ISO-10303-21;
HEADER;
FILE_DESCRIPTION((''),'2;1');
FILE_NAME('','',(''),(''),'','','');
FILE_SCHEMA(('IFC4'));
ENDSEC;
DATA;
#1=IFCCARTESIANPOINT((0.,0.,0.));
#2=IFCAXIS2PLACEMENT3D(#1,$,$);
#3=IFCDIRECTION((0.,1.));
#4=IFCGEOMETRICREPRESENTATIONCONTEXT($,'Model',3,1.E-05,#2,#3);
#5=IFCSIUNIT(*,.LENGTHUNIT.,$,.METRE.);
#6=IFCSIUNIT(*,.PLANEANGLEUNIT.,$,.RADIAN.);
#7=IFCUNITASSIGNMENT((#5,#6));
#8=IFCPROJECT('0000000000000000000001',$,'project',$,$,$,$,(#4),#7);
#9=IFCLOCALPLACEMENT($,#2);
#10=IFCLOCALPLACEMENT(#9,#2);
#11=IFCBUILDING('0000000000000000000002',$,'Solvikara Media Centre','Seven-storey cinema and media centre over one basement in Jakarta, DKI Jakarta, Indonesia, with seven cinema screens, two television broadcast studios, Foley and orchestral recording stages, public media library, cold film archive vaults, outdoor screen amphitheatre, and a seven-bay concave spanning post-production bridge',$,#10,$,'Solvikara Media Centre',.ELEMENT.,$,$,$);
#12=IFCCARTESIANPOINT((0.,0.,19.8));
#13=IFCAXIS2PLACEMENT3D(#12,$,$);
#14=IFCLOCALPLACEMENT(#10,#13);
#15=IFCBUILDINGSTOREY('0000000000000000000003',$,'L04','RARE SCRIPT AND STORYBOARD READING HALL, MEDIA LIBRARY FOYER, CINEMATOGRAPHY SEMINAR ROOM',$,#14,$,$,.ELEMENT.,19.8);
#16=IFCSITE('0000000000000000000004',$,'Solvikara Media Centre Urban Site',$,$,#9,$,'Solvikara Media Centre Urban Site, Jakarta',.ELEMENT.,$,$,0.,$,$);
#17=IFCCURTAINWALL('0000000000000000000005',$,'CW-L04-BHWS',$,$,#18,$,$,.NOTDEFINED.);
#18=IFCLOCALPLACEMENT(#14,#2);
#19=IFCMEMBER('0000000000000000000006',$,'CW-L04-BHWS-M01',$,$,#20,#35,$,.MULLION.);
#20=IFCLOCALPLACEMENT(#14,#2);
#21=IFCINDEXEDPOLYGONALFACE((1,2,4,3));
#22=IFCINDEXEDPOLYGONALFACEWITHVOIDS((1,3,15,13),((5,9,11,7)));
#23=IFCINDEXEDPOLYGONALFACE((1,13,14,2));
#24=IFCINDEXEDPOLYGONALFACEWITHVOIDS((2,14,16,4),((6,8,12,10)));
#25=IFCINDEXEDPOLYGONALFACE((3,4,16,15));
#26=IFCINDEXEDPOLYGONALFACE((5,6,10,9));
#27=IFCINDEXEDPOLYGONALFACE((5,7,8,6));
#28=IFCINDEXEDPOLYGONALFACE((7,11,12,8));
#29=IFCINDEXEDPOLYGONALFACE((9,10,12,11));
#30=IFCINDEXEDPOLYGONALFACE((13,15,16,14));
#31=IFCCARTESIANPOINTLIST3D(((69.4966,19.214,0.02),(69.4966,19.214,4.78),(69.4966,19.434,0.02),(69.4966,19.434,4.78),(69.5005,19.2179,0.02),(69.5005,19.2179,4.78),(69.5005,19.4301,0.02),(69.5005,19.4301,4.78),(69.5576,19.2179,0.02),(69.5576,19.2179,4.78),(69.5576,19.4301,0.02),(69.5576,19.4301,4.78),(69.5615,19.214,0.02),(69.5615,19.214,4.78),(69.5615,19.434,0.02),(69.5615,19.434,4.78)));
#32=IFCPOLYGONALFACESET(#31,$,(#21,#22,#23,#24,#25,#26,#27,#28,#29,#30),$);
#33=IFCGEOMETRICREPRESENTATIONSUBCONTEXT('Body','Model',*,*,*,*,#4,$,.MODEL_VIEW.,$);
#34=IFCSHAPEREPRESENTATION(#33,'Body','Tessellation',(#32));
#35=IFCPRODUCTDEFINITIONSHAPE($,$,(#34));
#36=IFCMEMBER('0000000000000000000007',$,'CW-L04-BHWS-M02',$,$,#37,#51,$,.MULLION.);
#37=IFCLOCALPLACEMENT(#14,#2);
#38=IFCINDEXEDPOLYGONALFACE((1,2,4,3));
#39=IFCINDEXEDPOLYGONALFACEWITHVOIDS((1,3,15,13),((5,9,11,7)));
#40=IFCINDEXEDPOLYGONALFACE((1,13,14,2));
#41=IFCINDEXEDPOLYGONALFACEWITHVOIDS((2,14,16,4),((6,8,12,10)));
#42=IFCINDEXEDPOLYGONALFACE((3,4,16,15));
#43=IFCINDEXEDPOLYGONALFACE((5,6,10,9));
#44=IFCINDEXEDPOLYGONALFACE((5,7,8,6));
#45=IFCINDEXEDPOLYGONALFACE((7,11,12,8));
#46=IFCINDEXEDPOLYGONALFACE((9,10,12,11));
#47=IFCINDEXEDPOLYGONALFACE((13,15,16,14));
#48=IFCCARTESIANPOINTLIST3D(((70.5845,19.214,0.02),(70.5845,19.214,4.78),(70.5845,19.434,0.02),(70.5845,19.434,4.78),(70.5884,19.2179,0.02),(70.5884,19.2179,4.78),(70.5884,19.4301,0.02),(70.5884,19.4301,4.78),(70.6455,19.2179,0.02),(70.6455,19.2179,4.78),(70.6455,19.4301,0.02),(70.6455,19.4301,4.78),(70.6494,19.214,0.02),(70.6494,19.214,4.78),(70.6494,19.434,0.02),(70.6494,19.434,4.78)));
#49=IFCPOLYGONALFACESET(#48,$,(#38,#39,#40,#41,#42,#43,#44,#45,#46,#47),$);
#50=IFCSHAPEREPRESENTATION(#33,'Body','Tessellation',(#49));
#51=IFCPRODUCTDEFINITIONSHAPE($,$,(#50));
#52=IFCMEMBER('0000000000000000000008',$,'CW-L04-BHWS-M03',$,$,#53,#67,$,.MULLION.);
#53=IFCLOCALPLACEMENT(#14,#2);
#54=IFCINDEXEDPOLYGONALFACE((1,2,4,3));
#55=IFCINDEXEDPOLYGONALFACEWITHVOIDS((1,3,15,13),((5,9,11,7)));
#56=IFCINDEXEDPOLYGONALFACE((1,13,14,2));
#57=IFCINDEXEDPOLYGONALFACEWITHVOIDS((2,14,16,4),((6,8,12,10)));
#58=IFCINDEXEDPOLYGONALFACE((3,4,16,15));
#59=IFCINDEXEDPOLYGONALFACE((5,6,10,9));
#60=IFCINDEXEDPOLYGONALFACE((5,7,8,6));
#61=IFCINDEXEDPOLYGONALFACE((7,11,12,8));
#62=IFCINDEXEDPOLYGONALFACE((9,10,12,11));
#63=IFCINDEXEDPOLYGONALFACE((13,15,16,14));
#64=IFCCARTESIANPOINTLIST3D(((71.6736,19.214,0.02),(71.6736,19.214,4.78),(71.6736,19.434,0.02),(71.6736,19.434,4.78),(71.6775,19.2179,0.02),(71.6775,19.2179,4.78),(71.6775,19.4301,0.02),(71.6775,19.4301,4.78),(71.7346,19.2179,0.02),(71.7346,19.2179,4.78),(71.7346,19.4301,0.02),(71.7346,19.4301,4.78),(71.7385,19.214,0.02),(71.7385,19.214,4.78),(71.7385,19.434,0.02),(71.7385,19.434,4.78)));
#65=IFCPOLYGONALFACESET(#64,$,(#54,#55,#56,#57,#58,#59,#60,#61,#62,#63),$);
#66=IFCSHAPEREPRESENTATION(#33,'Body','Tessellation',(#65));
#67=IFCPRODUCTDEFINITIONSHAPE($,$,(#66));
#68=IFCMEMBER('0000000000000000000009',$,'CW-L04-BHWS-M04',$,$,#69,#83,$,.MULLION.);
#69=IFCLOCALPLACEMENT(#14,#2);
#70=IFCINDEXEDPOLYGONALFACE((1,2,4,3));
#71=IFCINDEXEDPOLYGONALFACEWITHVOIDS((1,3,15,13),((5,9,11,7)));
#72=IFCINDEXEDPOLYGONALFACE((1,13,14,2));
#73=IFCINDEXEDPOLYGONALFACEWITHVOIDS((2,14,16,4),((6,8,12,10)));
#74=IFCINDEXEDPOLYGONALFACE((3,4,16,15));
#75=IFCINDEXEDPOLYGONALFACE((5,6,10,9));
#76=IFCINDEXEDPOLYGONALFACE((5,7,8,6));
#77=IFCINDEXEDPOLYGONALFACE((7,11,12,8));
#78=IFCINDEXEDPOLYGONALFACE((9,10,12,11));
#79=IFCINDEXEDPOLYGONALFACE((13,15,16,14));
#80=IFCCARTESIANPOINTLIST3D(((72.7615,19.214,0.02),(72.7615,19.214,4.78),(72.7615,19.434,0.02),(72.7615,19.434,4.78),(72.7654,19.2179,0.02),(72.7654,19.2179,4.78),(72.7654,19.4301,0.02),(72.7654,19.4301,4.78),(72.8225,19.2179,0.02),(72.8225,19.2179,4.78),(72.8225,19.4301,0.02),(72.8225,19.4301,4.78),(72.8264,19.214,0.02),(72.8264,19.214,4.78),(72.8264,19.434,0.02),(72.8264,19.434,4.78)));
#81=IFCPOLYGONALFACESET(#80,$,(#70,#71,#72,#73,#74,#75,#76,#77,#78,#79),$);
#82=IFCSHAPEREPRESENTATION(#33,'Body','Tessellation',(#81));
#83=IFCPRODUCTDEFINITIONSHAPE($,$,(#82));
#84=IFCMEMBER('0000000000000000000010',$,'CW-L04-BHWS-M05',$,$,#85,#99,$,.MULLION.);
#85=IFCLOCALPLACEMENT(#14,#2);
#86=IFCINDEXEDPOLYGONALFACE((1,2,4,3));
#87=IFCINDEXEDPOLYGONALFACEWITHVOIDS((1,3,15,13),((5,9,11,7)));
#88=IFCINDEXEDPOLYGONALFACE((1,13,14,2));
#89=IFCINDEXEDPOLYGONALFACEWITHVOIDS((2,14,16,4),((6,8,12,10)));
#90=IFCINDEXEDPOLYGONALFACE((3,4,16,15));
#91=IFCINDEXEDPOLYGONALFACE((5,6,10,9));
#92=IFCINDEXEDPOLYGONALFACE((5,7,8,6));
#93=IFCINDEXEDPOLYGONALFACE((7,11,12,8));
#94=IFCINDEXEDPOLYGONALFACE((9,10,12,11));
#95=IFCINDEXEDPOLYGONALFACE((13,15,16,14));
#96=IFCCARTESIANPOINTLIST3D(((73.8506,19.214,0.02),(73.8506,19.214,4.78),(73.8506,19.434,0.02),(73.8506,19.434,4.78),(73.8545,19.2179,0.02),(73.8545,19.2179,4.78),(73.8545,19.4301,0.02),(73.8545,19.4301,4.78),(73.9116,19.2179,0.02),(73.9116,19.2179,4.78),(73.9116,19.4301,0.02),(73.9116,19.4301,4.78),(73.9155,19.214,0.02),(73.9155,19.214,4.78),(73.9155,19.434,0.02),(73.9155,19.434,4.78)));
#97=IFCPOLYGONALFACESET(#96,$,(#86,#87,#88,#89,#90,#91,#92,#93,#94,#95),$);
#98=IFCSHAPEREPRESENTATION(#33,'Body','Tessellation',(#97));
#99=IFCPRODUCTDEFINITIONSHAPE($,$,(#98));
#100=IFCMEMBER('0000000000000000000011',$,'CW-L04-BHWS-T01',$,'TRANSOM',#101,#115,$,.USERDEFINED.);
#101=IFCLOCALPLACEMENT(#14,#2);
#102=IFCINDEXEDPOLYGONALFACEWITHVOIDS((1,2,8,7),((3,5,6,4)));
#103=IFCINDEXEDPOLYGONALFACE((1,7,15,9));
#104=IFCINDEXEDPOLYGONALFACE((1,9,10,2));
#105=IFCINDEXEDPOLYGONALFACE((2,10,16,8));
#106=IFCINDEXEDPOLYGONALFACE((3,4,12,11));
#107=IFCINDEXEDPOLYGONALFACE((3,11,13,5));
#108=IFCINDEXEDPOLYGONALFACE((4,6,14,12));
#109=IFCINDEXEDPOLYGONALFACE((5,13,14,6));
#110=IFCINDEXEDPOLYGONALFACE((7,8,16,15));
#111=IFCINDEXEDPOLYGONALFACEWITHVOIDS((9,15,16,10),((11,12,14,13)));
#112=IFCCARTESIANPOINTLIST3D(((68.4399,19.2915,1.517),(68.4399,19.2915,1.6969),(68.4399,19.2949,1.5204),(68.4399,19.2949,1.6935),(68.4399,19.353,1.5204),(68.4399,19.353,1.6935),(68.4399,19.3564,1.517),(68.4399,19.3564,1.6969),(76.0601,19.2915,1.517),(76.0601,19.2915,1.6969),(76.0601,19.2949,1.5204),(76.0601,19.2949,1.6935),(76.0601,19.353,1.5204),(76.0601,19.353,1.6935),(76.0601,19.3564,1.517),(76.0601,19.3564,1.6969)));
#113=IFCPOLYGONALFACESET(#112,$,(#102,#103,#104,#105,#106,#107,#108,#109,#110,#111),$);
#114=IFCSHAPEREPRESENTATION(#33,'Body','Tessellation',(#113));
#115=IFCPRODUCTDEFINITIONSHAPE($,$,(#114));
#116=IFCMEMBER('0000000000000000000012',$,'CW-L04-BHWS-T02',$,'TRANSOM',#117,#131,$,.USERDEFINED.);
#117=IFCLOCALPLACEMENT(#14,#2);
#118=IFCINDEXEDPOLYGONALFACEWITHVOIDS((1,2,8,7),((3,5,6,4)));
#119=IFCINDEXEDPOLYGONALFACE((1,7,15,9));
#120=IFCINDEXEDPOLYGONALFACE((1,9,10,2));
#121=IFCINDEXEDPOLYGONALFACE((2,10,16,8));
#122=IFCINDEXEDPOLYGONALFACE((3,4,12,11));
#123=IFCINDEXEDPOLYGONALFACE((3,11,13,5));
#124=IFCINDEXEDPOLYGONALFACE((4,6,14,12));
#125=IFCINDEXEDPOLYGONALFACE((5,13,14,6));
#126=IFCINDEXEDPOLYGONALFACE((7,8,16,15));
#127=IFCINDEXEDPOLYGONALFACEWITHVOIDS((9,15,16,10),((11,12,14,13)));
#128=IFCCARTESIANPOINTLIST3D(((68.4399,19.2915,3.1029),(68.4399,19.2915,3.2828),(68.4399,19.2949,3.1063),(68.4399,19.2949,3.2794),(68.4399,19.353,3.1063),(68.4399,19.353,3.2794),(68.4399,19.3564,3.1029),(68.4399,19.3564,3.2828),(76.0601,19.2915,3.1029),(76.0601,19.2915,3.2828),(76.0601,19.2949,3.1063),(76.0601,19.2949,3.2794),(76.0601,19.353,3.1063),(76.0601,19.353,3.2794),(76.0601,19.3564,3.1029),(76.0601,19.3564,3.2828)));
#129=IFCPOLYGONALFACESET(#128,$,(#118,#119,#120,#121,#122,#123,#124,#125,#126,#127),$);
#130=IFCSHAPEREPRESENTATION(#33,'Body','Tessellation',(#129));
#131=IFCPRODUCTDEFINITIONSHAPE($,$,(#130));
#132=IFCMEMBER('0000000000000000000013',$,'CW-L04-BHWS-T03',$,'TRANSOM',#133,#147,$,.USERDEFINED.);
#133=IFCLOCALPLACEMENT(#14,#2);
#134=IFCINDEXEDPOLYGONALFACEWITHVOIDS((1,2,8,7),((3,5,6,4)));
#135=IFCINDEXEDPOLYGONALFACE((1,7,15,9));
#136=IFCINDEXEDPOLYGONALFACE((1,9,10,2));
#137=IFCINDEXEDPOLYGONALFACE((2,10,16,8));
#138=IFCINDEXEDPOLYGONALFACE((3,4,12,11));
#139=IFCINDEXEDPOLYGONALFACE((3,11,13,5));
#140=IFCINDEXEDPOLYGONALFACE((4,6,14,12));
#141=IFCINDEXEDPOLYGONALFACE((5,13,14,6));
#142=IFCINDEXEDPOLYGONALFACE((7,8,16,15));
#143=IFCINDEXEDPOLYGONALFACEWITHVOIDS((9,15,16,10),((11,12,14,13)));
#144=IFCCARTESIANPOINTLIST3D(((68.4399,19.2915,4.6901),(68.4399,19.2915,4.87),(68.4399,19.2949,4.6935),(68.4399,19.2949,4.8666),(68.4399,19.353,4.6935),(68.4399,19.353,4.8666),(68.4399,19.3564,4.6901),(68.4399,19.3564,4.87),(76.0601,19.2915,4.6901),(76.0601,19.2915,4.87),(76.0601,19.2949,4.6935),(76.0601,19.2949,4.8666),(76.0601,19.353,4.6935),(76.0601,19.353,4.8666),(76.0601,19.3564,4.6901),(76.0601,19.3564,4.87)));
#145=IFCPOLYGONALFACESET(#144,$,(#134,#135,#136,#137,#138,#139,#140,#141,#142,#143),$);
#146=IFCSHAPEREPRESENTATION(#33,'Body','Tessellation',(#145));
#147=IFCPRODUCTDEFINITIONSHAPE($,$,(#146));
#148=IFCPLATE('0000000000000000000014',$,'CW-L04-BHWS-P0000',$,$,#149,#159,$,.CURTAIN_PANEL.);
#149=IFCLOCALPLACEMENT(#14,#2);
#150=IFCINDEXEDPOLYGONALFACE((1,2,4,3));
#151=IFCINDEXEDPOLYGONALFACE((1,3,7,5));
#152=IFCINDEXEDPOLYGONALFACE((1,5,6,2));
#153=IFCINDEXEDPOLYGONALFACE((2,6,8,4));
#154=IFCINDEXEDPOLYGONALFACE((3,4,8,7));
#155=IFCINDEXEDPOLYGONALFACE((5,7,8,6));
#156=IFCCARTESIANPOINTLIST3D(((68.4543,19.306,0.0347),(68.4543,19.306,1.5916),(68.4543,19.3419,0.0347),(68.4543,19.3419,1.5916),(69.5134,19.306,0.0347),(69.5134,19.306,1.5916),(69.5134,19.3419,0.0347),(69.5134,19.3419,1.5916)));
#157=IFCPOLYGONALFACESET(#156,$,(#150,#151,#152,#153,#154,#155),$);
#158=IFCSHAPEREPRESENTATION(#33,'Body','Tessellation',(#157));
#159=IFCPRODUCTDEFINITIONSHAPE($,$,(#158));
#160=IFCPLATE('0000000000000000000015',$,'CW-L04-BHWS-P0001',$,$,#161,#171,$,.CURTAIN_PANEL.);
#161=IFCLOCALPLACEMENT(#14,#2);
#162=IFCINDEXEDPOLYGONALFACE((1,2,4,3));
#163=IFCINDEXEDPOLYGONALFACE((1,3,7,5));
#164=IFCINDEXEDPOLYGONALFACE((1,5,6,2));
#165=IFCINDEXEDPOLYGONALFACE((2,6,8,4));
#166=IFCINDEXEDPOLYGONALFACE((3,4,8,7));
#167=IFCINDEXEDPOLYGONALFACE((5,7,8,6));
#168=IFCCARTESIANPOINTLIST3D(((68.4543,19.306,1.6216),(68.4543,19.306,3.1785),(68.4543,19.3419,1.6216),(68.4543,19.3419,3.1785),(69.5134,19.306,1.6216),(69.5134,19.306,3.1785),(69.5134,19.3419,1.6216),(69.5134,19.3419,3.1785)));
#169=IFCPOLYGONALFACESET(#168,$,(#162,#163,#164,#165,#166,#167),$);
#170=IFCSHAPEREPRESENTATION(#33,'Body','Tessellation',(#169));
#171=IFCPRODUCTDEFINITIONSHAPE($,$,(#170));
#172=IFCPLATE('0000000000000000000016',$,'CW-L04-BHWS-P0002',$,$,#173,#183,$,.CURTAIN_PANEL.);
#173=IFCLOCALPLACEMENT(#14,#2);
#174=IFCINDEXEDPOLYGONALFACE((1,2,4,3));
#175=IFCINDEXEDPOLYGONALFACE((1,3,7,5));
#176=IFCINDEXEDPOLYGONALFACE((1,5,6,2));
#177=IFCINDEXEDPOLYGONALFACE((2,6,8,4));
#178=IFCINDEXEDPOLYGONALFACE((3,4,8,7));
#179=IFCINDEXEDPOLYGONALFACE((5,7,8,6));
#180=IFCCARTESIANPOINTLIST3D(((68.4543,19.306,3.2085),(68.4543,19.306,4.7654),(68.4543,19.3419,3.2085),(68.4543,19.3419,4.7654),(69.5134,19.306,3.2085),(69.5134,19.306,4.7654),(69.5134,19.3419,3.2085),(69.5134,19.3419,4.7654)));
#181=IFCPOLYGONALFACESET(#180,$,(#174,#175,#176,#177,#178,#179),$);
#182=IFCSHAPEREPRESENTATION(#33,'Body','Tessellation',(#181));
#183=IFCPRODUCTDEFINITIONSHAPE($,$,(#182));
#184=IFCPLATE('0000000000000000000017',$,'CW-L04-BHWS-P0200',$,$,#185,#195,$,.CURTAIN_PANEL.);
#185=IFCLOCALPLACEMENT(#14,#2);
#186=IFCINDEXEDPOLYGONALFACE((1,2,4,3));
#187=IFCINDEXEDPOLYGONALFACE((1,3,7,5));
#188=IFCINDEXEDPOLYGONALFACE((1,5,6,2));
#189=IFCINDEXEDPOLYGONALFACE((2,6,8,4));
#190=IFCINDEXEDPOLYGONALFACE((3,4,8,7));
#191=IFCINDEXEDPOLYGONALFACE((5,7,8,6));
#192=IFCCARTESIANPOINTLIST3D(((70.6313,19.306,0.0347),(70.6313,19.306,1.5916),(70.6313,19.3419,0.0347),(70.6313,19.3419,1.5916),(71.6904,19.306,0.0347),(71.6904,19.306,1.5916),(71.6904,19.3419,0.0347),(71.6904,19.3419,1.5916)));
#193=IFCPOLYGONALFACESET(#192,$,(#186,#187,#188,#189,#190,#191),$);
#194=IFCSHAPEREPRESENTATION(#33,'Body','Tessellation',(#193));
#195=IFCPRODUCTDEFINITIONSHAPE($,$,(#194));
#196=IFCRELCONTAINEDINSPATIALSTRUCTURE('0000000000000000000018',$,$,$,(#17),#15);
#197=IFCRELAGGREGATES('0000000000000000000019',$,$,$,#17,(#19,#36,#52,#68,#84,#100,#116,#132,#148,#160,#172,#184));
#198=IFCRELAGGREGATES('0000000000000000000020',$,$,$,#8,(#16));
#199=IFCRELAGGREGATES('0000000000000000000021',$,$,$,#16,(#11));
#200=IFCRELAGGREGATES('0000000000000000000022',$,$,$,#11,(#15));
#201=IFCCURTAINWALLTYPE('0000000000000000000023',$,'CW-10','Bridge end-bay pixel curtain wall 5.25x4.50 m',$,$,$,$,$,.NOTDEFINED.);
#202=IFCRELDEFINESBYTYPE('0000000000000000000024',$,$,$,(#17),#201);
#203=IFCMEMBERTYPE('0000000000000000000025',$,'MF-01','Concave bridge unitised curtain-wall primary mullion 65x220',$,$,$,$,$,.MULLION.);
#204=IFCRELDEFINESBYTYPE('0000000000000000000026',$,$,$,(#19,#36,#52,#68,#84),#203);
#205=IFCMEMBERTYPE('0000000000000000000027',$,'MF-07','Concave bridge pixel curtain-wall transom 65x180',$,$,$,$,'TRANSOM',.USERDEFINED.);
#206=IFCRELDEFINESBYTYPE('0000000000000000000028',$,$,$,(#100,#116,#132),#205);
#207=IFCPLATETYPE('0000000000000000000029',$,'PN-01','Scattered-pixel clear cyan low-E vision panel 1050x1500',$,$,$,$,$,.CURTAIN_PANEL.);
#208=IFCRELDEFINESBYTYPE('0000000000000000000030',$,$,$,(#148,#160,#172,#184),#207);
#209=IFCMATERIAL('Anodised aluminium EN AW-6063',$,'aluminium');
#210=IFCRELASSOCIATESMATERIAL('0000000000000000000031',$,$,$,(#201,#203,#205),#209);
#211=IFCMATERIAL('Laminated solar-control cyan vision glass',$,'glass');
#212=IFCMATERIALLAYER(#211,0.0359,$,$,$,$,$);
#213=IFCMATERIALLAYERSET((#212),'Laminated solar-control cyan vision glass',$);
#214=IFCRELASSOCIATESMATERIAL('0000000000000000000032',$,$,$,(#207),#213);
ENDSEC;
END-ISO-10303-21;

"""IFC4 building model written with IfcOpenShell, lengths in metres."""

from ifc_helpers import new_model, si_unit, direction, frame, origin, origin_2d, place, context, subcontext, project, spatial, rectangle, hollow_rectangle, extrude, material, layer, layer_set, material_profile, profile_set, type_object, element, aggregate, save


model = new_model("IFC4")

# Units and contexts
model_context = context("Model", 3, precision=1e-05, world=origin(), true_north=direction((0.0, 1.0)))
body_context = subcontext(model_context, "Body", "Model", "MODEL_VIEW")
ifc_project = project(units=[si_unit("LENGTHUNIT", "METRE"), si_unit("PLANEANGLEUNIT", "RADIAN")], contexts=[model_context])

# Site, building, storey
site_placement = place(None, origin())
site = spatial("IfcSite", under=ifc_project, at=site_placement, Name="Solvikara Media Centre Urban Site", LongName="Solvikara Media Centre Urban Site, Jakarta", CompositionType="ELEMENT", RefElevation=0.0)
building_placement = place(site_placement, origin())
building = spatial("IfcBuilding", under=site, at=building_placement, Name="Solvikara Media Centre", Description="Seven-storey cinema and media centre over one basement in Jakarta, DKI Jakarta, Indonesia, with seven cinema screens, two television broadcast studios, Foley and orchestral recording stages, public media library, cold film archive vaults, outdoor screen amphitheatre, and a seven-bay concave spanning post-production bridge", LongName="Solvikara Media Centre", CompositionType="ELEMENT")
storey_placement = place(building_placement, frame((0.0, 0.0, 19.8)))
storey = spatial("IfcBuildingStorey", under=building, at=storey_placement, Name="L04", Description="RARE SCRIPT AND STORYBOARD READING HALL, MEDIA LIBRARY FOYER, CINEMATOGRAPHY SEMINAR ROOM", CompositionType="ELEMENT", Elevation=19.8)

# Curtain wall, members, plates
ifc_material_1 = material(Name="Anodised aluminium EN AW-6063", Category="aluminium")
curtain_wall_type = type_object("IfcCurtainWallType", Name="CW-10", Description="Bridge end-bay pixel curtain wall 5.25x4.50 m", PredefinedType="NOTDEFINED", material=ifc_material_1)
curtain_wall_placement = place(storey_placement, origin())
curtain_wall = element("IfcCurtainWall", 1, at=curtain_wall_placement, inside=storey, type_object=curtain_wall_type, Name="CW-L04-BHWS", PredefinedType="NOTDEFINED")
ifc_material_profile_1 = material_profile(ifc_material_1, hollow_rectangle(XDim=0.0649, YDim=0.22, WallThickness=0.0039, at=origin_2d()), Name="ALU-M 65x220x4")
ifc_profile_set_1 = profile_set([ifc_material_profile_1], Name="Anodised aluminium EN AW-6063")
member_type_1 = type_object("IfcMemberType", Name="MF-01", Description="Concave bridge unitised curtain-wall primary mullion 65x220", PredefinedType="MULLION", material=ifc_profile_set_1)
member_1_placement = place(storey_placement, frame((69.5291, 19.324, 0.02), z_axis=(0.0, 0.0, 1.0), x_axis=(1.0, 0.0, 0.0)))
member_1 = element("IfcMember", 2, at=member_1_placement, type_object=member_type_1, Name="CW-L04-BHWS-M01", PredefinedType="MULLION", context=body_context, shape_type="SweptSolid", body=[
    extrude(hollow_rectangle(XDim=0.0649, YDim=0.22, WallThickness=0.0039, at=origin_2d()), origin(), (0.0, 0.0, 1.0), 4.76),
])
member_2_placement = place(storey_placement, frame((70.6169, 19.324, 0.02), z_axis=(0.0, 0.0, 1.0), x_axis=(1.0, 0.0, 0.0)))
member_2 = element("IfcMember", 3, at=member_2_placement, type_object=member_type_1, Name="CW-L04-BHWS-M02", PredefinedType="MULLION", context=body_context, shape_type="SweptSolid", body=[
    extrude(hollow_rectangle(XDim=0.0649, YDim=0.22, WallThickness=0.0039, at=origin_2d()), origin(), (0.0, 0.0, 1.0), 4.76),
])
member_3_placement = place(storey_placement, frame((71.7061, 19.324, 0.02), z_axis=(0.0, 0.0, 1.0), x_axis=(1.0, 0.0, 0.0)))
member_3 = element("IfcMember", 4, at=member_3_placement, type_object=member_type_1, Name="CW-L04-BHWS-M03", PredefinedType="MULLION", context=body_context, shape_type="SweptSolid", body=[
    extrude(hollow_rectangle(XDim=0.0649, YDim=0.22, WallThickness=0.0039, at=origin_2d()), origin(), (0.0, 0.0, 1.0), 4.76),
])
member_4_placement = place(storey_placement, frame((72.7939, 19.324, 0.02), z_axis=(0.0, 0.0, 1.0), x_axis=(1.0, 0.0, 0.0)))
member_4 = element("IfcMember", 5, at=member_4_placement, type_object=member_type_1, Name="CW-L04-BHWS-M04", PredefinedType="MULLION", context=body_context, shape_type="SweptSolid", body=[
    extrude(hollow_rectangle(XDim=0.0649, YDim=0.22, WallThickness=0.0039, at=origin_2d()), origin(), (0.0, 0.0, 1.0), 4.76),
])
member_5_placement = place(storey_placement, frame((73.8831, 19.324, 0.02), z_axis=(0.0, 0.0, 1.0), x_axis=(1.0, 0.0, 0.0)))
member_5 = element("IfcMember", 6, at=member_5_placement, type_object=member_type_1, Name="CW-L04-BHWS-M05", PredefinedType="MULLION", context=body_context, shape_type="SweptSolid", body=[
    extrude(hollow_rectangle(XDim=0.0649, YDim=0.22, WallThickness=0.0039, at=origin_2d()), origin(), (0.0, 0.0, 1.0), 4.76),
])
ifc_material_profile_2 = material_profile(ifc_material_1, hollow_rectangle(XDim=0.0649, YDim=0.1799, WallThickness=0.0034, at=origin_2d()), Name="ALU-T 65x180x3.5")
ifc_profile_set_2 = profile_set([ifc_material_profile_2], Name="Anodised aluminium EN AW-6063")
member_type_2 = type_object("IfcMemberType", Name="MF-07", Description="Concave bridge pixel curtain-wall transom 65x180", ElementType="TRANSOM", PredefinedType="USERDEFINED", material=ifc_profile_set_2)
member_6_placement = place(storey_placement, frame((68.4399, 19.324, 1.6069), z_axis=(1.0, 0.0, 0.0), x_axis=(0.0, 1.0, 0.0)))
member_6 = element("IfcMember", 7, at=member_6_placement, type_object=member_type_2, Name="CW-L04-BHWS-T01", ObjectType="TRANSOM", PredefinedType="USERDEFINED", context=body_context, shape_type="SweptSolid", body=[
    extrude(hollow_rectangle(XDim=0.0649, YDim=0.1799, WallThickness=0.0034, at=origin_2d()), origin(), (0.0, 0.0, 1.0), 7.6201),
])
member_7_placement = place(storey_placement, frame((68.4399, 19.324, 3.1929), z_axis=(1.0, 0.0, 0.0), x_axis=(0.0, 1.0, 0.0)))
member_7 = element("IfcMember", 8, at=member_7_placement, type_object=member_type_2, Name="CW-L04-BHWS-T02", ObjectType="TRANSOM", PredefinedType="USERDEFINED", context=body_context, shape_type="SweptSolid", body=[
    extrude(hollow_rectangle(XDim=0.0649, YDim=0.1799, WallThickness=0.0034, at=origin_2d()), origin(), (0.0, 0.0, 1.0), 7.6201),
])
member_8_placement = place(storey_placement, frame((68.4399, 19.324, 4.78), z_axis=(1.0, 0.0, 0.0), x_axis=(0.0, 1.0, 0.0)))
member_8 = element("IfcMember", 9, at=member_8_placement, type_object=member_type_2, Name="CW-L04-BHWS-T03", ObjectType="TRANSOM", PredefinedType="USERDEFINED", context=body_context, shape_type="SweptSolid", body=[
    extrude(hollow_rectangle(XDim=0.0649, YDim=0.1799, WallThickness=0.0034, at=origin_2d()), origin(), (0.0, 0.0, 1.0), 7.6201),
])
ifc_material_2 = material(Name="Laminated solar-control cyan vision glass", Category="glass")
ifc_layer_1 = layer(ifc_material_2, 0.0359)
ifc_layer_set_1 = layer_set([ifc_layer_1], Name="Laminated solar-control cyan vision glass")
plate_type_1 = type_object("IfcPlateType", Name="PN-01", Description="Scattered-pixel clear cyan low-E vision panel 1050x1500", PredefinedType="CURTAIN_PANEL", material=ifc_layer_set_1)
plate_1_placement = place(storey_placement, frame((68.9839, 19.324, 0.0347), z_axis=(0.0, 0.0, 1.0), x_axis=(1.0, 0.0, 0.0)))
plate_1 = element("IfcPlate", 10, at=plate_1_placement, type_object=plate_type_1, Name="CW-L04-BHWS-P0000", PredefinedType="CURTAIN_PANEL", context=body_context, shape_type="SweptSolid", body=[
    extrude(rectangle(XDim=1.0591, YDim=0.0359, at=origin_2d()), origin(), (0.0, 0.0, 1.0), 1.5569),
])
plate_2_placement = place(storey_placement, frame((68.9839, 19.324, 1.6216), z_axis=(0.0, 0.0, 1.0), x_axis=(1.0, 0.0, 0.0)))
plate_2 = element("IfcPlate", 11, at=plate_2_placement, type_object=plate_type_1, Name="CW-L04-BHWS-P0001", PredefinedType="CURTAIN_PANEL", context=body_context, shape_type="SweptSolid", body=[
    extrude(rectangle(XDim=1.0591, YDim=0.0359, at=origin_2d()), origin(), (0.0, 0.0, 1.0), 1.5569),
])
plate_3_placement = place(storey_placement, frame((68.9839, 19.324, 3.2085), z_axis=(0.0, 0.0, 1.0), x_axis=(1.0, 0.0, 0.0)))
plate_3 = element("IfcPlate", 12, at=plate_3_placement, type_object=plate_type_1, Name="CW-L04-BHWS-P0002", PredefinedType="CURTAIN_PANEL", context=body_context, shape_type="SweptSolid", body=[
    extrude(rectangle(XDim=1.0591, YDim=0.0359, at=origin_2d()), origin(), (0.0, 0.0, 1.0), 1.5569),
])
plate_4_placement = place(storey_placement, frame((71.1609, 19.324, 0.0347), z_axis=(0.0, 0.0, 1.0), x_axis=(1.0, 0.0, 0.0)))
plate_4 = element("IfcPlate", 13, at=plate_4_placement, type_object=plate_type_1, Name="CW-L04-BHWS-P0200", PredefinedType="CURTAIN_PANEL", context=body_context, shape_type="SweptSolid", body=[
    extrude(rectangle(XDim=1.0591, YDim=0.0359, at=origin_2d()), origin(), (0.0, 0.0, 1.0), 1.5569),
])
aggregate(curtain_wall, [member_1, member_2, member_3, member_4, member_5, member_6, member_7, member_8, plate_1, plate_2, plate_3, plate_4])

save(model, "model.ifc")
